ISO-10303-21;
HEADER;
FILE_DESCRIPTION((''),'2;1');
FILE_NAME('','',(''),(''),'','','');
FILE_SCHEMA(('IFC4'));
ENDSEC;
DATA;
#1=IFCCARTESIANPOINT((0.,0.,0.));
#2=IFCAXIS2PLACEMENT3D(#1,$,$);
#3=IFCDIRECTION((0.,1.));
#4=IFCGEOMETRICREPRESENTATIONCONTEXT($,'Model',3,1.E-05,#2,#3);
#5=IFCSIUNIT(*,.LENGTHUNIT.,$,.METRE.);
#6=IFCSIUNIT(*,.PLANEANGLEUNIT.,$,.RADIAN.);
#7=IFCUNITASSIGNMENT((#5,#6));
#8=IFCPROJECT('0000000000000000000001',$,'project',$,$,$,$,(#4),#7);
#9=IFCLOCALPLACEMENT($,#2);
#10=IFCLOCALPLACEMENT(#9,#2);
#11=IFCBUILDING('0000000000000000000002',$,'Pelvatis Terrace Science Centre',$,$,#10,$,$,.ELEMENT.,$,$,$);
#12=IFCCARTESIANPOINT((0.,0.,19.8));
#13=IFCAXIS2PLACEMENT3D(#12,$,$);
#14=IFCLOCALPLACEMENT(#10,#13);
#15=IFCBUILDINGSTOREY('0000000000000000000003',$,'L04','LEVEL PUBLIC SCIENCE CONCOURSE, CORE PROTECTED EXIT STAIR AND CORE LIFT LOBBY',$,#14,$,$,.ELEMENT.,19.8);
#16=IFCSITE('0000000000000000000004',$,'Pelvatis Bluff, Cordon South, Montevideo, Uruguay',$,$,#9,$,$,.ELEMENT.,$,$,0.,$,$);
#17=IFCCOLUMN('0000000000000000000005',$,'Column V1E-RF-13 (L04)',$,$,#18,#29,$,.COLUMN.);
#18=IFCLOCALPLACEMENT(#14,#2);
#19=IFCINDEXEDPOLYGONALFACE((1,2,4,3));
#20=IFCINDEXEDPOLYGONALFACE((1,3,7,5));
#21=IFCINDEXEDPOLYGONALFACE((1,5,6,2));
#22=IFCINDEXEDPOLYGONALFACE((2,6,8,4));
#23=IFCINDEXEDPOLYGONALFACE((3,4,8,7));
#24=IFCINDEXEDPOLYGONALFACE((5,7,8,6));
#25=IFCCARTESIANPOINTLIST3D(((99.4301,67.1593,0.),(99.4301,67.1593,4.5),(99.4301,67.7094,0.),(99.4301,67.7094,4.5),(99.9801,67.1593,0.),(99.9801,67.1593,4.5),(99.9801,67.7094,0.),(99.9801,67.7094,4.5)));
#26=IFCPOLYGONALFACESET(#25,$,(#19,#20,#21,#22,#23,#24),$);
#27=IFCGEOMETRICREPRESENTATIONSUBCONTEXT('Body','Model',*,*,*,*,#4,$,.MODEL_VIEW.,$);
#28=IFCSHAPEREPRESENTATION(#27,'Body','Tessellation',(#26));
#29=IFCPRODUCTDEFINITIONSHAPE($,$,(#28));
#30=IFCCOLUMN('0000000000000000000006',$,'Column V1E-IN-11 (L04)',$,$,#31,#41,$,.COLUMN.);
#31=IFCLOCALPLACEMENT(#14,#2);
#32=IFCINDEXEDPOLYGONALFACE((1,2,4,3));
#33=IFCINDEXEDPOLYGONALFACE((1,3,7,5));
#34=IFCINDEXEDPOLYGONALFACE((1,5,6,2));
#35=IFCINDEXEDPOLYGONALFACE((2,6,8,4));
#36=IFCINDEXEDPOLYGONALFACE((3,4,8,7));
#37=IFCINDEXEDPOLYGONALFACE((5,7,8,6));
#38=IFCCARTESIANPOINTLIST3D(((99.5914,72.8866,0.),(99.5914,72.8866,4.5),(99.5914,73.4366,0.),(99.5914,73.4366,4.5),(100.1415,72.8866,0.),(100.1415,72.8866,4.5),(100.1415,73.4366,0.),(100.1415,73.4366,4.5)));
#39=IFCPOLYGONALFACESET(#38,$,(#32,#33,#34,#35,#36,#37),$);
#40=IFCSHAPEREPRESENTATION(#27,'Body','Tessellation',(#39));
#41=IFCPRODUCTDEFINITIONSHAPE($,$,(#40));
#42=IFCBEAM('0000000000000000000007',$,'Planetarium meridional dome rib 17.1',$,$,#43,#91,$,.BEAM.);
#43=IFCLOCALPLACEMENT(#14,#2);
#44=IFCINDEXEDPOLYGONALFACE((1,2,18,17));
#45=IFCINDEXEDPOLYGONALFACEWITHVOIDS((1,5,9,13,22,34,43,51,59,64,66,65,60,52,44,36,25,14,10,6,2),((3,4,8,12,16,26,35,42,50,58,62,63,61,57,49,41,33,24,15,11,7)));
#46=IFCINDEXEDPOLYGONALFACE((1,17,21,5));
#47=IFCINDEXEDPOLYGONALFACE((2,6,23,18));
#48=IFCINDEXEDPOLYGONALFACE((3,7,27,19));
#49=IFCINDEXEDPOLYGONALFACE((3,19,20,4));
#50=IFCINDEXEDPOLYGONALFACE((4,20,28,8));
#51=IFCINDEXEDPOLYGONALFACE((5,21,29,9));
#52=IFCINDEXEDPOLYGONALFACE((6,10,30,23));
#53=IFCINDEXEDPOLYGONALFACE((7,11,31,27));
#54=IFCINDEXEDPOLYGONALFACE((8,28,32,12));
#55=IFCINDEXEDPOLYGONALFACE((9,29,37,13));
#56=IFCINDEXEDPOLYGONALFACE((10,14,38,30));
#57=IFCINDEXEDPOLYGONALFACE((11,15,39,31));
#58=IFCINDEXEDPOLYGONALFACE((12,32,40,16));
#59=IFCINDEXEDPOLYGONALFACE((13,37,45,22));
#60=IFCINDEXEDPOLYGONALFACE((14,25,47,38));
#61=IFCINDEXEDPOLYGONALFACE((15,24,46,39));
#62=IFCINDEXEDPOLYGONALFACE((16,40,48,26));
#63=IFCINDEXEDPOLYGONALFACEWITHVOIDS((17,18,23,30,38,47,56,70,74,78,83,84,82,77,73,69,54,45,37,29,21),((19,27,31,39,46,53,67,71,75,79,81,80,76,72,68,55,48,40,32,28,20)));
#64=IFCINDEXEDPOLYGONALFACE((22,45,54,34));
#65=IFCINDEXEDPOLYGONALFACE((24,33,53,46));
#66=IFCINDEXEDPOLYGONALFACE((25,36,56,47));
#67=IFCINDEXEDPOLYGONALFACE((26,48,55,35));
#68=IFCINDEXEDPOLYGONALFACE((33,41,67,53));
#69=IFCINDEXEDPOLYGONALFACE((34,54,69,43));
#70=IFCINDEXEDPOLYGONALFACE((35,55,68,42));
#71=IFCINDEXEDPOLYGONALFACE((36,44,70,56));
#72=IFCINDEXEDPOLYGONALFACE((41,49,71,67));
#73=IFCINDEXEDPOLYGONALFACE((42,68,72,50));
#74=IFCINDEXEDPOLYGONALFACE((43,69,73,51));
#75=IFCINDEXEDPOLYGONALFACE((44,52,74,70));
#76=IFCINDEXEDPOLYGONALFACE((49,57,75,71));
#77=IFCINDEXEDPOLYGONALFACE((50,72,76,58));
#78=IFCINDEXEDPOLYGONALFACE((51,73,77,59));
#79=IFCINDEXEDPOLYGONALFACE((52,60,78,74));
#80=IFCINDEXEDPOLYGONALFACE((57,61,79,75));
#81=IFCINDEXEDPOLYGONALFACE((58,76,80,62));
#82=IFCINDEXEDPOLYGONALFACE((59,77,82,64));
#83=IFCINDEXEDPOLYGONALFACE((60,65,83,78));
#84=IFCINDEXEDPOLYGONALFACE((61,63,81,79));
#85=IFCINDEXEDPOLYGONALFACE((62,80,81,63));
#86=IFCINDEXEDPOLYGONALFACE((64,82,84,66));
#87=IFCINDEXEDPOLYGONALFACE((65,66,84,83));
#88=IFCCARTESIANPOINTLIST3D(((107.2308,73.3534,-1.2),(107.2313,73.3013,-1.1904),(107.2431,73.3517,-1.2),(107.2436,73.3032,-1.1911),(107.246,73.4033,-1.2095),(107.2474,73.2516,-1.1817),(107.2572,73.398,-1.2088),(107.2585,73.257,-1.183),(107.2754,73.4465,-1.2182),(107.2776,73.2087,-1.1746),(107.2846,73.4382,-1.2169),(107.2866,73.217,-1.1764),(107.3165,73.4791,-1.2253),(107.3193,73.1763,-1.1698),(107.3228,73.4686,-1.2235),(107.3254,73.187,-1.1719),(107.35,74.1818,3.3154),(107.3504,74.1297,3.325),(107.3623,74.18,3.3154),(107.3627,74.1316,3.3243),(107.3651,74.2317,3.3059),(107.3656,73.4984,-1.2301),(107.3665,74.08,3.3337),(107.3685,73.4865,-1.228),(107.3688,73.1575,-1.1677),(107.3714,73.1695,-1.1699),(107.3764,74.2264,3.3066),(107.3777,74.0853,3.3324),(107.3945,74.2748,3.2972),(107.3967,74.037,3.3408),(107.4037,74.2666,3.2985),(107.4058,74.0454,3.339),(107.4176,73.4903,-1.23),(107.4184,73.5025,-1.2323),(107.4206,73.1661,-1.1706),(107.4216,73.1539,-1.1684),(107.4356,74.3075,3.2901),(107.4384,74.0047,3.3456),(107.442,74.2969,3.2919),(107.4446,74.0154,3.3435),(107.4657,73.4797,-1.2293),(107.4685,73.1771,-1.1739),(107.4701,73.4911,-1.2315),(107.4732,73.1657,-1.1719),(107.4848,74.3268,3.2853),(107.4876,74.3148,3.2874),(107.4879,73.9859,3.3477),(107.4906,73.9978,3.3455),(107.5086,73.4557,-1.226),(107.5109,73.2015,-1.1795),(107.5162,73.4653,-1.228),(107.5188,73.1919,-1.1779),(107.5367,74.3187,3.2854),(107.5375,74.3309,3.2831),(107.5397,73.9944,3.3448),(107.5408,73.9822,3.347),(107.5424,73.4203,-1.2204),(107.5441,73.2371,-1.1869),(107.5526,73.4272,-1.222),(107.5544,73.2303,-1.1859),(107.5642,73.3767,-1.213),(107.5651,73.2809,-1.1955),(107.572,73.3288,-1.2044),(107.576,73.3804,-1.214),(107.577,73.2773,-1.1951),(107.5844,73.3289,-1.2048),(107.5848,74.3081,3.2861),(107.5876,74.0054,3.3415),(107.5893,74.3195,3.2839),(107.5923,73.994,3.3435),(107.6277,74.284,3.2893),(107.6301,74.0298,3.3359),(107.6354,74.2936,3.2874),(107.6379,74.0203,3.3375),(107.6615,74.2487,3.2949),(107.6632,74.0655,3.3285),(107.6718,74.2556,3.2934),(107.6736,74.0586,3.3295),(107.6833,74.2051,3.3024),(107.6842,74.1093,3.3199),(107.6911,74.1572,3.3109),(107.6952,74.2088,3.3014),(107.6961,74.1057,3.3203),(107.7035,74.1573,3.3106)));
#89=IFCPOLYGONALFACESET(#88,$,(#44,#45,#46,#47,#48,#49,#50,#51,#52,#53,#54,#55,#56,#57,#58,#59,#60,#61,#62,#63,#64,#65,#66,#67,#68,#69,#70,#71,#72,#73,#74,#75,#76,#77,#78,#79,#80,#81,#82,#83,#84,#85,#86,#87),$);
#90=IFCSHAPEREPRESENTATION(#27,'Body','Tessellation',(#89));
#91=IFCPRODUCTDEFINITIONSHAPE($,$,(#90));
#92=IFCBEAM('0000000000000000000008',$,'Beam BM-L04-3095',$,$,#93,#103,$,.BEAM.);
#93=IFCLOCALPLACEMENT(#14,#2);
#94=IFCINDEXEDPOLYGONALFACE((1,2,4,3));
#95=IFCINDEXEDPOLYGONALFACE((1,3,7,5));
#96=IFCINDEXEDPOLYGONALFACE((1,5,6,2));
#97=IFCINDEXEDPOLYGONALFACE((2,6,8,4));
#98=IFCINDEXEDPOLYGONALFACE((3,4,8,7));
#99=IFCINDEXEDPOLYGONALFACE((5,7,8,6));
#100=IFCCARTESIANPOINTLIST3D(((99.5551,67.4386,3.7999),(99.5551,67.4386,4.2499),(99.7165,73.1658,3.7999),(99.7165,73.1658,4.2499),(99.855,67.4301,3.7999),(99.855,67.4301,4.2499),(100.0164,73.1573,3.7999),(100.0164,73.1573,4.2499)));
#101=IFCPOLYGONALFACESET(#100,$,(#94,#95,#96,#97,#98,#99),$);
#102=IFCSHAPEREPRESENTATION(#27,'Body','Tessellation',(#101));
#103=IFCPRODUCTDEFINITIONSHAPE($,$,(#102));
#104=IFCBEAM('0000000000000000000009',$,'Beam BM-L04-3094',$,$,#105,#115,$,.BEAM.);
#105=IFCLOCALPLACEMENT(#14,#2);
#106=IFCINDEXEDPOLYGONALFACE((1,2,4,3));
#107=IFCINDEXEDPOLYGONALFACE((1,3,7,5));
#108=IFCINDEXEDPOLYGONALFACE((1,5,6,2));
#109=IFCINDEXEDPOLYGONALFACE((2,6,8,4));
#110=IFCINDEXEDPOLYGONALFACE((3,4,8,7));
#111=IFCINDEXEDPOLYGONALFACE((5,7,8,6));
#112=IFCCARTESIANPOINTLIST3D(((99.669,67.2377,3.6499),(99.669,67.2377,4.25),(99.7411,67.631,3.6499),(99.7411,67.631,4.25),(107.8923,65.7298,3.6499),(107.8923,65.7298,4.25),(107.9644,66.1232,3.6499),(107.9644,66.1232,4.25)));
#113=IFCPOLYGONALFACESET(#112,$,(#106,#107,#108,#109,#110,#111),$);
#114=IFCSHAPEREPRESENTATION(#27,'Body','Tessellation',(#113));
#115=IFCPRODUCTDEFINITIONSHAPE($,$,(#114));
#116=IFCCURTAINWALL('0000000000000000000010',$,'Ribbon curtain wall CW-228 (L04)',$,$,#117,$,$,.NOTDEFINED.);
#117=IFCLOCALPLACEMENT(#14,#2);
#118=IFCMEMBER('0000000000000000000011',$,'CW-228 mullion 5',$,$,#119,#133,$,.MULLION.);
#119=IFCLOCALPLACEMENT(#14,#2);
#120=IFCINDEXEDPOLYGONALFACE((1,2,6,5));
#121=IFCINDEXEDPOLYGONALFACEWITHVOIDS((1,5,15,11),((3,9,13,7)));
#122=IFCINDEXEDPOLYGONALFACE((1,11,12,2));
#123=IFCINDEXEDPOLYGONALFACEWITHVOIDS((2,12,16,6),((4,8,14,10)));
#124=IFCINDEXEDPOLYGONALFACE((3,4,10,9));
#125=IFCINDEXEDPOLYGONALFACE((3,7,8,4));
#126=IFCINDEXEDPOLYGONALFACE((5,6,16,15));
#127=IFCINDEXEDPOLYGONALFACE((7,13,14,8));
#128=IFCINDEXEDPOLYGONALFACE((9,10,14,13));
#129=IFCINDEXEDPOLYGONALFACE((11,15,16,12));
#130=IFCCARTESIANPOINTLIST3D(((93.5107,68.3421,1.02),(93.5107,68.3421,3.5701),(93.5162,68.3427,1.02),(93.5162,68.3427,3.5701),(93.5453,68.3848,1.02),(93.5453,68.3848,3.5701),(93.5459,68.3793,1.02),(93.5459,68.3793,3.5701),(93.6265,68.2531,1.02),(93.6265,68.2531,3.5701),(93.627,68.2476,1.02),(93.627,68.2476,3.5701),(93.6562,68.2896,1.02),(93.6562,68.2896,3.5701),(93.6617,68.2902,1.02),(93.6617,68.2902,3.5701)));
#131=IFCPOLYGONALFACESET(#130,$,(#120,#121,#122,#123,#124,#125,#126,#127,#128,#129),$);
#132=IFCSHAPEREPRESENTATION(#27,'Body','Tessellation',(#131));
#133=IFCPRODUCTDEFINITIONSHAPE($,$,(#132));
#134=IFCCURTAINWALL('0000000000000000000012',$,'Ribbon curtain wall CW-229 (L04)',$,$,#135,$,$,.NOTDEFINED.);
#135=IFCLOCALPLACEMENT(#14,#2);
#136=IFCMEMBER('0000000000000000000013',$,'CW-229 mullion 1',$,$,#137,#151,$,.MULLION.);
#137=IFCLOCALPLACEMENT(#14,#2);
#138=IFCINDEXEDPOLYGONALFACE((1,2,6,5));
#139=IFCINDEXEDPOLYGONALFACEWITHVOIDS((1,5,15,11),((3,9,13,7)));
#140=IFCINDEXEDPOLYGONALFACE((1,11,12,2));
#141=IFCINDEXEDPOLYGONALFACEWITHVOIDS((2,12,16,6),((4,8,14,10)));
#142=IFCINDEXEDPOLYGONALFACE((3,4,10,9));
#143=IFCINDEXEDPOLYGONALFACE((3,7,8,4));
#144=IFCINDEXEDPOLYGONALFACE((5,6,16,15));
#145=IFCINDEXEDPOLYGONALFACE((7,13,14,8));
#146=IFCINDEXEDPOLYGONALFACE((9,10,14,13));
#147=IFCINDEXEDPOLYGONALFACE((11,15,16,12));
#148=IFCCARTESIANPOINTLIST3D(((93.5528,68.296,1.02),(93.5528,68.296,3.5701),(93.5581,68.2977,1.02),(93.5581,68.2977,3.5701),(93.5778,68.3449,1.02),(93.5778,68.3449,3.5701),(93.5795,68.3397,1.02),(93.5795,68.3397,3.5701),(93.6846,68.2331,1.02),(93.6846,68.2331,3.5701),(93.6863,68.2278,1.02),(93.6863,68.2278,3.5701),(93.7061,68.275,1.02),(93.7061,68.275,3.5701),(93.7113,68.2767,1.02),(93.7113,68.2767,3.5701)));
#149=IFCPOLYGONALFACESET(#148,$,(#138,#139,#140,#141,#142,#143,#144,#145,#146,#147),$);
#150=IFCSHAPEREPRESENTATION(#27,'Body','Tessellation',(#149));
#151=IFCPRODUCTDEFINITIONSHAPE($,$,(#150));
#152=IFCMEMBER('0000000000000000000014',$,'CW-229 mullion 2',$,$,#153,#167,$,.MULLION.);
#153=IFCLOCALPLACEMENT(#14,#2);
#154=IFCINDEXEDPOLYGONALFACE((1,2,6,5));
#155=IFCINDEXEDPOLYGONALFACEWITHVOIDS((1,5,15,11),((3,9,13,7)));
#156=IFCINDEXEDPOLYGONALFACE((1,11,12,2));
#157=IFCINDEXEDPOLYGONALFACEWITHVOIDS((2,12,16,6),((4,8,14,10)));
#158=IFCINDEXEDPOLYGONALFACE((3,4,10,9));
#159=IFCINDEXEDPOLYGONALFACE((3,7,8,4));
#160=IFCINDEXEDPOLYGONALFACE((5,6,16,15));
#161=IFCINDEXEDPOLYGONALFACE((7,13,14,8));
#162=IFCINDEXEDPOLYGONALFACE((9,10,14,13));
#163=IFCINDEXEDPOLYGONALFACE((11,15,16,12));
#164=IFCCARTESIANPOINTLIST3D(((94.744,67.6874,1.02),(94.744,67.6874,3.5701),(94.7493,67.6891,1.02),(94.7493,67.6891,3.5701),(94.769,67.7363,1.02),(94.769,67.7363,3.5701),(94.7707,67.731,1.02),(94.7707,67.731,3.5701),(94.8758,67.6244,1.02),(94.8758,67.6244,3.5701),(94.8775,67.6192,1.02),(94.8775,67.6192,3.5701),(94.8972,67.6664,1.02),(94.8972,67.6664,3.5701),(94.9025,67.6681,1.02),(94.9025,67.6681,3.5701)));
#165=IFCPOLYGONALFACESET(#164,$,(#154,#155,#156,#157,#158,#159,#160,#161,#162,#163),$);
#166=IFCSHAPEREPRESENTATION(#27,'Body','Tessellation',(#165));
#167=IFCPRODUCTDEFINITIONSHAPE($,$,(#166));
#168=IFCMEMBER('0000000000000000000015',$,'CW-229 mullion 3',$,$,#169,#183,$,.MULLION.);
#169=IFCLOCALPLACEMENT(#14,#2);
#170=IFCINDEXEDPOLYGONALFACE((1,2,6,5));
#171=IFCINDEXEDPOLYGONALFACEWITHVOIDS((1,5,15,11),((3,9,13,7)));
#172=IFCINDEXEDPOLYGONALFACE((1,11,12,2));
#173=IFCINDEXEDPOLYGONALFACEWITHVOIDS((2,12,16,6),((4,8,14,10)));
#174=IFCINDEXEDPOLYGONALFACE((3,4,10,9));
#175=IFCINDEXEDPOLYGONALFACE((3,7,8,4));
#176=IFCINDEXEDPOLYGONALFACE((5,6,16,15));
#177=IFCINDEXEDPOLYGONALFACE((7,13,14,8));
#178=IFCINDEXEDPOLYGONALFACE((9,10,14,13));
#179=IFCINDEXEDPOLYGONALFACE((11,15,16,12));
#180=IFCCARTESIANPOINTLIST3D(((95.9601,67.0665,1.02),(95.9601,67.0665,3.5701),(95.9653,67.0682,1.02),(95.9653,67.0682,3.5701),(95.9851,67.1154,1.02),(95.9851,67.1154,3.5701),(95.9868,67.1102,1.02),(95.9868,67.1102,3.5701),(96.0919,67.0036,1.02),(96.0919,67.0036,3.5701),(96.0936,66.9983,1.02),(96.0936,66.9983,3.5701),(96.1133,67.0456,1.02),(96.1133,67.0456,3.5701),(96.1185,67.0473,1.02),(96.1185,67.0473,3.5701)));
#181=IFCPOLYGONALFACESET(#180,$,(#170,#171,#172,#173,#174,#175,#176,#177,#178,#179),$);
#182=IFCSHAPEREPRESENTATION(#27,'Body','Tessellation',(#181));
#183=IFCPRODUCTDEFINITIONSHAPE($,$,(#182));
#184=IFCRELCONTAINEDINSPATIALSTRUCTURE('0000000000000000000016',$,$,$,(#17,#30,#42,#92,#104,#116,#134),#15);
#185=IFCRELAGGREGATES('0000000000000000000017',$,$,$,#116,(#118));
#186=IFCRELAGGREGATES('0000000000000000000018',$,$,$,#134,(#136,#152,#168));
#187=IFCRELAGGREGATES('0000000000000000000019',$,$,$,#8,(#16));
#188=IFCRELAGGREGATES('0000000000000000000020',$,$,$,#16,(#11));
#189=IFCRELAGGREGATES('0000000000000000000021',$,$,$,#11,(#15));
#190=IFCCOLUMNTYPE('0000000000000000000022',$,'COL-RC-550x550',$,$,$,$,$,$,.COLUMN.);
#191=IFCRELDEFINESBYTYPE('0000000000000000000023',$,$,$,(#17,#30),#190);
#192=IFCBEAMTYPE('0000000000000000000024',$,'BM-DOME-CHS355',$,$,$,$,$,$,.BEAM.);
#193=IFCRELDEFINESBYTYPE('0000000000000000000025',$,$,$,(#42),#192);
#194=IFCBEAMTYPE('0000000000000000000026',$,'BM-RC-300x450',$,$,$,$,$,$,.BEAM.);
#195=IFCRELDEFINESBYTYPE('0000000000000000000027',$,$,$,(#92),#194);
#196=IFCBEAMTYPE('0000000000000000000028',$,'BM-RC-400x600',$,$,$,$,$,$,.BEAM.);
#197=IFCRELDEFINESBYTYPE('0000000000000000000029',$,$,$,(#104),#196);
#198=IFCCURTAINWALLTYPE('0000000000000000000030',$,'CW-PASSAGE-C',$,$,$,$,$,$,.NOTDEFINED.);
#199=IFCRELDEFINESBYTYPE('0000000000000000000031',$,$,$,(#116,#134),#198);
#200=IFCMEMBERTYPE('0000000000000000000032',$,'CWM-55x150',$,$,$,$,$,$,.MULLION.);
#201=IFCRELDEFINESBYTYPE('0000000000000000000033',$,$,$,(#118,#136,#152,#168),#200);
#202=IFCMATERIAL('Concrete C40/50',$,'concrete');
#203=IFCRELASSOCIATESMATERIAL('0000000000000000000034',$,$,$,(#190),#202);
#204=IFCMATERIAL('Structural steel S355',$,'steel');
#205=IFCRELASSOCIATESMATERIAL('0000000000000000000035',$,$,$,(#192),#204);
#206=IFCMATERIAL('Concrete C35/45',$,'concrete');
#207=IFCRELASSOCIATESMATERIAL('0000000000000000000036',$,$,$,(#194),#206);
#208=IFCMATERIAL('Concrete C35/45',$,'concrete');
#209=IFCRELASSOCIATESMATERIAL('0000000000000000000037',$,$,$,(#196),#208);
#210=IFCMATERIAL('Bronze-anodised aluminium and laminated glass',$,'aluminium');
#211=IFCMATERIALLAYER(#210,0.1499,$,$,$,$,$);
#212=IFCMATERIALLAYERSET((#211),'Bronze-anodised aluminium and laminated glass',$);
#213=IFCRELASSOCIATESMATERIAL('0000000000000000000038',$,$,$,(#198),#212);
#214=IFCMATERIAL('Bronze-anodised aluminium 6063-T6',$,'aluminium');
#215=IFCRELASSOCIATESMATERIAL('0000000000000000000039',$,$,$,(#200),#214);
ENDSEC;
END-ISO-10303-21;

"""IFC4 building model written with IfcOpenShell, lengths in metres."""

from ifc_helpers import new_model, si_unit, direction, frame, origin, origin_2d, place, context, subcontext, project, spatial, rectangle, hollow_rectangle, hollow_circle, extrude, material, layer, layer_set, material_profile, profile_set, type_object, element, aggregate, save


model = new_model("IFC4")

# Units and contexts
model_context = context("Model", 3, precision=1e-05, world=origin(), true_north=direction((0.0, 1.0)))
body_context = subcontext(model_context, "Body", "Model", "MODEL_VIEW")
ifc_project = project(units=[si_unit("LENGTHUNIT", "METRE"), si_unit("PLANEANGLEUNIT", "RADIAN")], contexts=[model_context])

# Site, building, storey
site_placement = place(None, origin())
site = spatial("IfcSite", under=ifc_project, at=site_placement, Name="Pelvatis Bluff, Cordon South, Montevideo, Uruguay", CompositionType="ELEMENT", RefElevation=0.0)
building_placement = place(site_placement, origin())
building = spatial("IfcBuilding", under=site, at=building_placement, Name="Pelvatis Terrace Science Centre", CompositionType="ELEMENT")
storey_placement = place(building_placement, frame((0.0, 0.0, 19.8)))
storey = spatial("IfcBuildingStorey", under=building, at=storey_placement, Name="L04", Description="LEVEL PUBLIC SCIENCE CONCOURSE, CORE PROTECTED EXIT STAIR AND CORE LIFT LOBBY", CompositionType="ELEMENT", Elevation=19.8)

# Columns
ifc_material_1 = material(Name="Concrete C40/50", Category="concrete")
ifc_material_profile_1 = material_profile(ifc_material_1, rectangle(XDim=0.55, YDim=0.55, at=origin_2d()), Name="RC-COL 550x550")
ifc_profile_set_1 = profile_set([ifc_material_profile_1], Name="Concrete C40/50")
column_type = type_object("IfcColumnType", Name="COL-RC-550x550", PredefinedType="COLUMN", material=ifc_profile_set_1)
for number, where, z_axis, x_axis, name in (
    (1, (99.7051, 67.4343, 0.0), (0.0, 0.0, 1.0), (1.0, 0.0, 0.0), "Column V1E-RF-13 (L04)"),
    (2, (99.8665, 73.1616, 0.0), (0.0, 0.0, 1.0), (1.0, 0.0, 0.0), "Column V1E-IN-11 (L04)"),
):
    element("IfcColumn", number, at=place(storey_placement, frame(where, z_axis=z_axis, x_axis=x_axis)), inside=storey, type_object=column_type, Name=name, PredefinedType="COLUMN", context=body_context, shape_type="SweptSolid", body=[
        extrude(rectangle(XDim=0.55, YDim=0.55, at=origin_2d()), origin(), (0.0, 0.0, 1.0), 4.5),
    ])

# Beams
ifc_material_2 = material(Name="Structural steel S355", Category="steel")
ifc_material_profile_2 = material_profile(ifc_material_2, hollow_circle(Radius=0.1777, WallThickness=0.0125, at=origin_2d()), Name="CHS 355.6x12.5")
ifc_profile_set_2 = profile_set([ifc_material_profile_2], Name="Structural steel S355")
beam_type_1 = type_object("IfcBeamType", Name="BM-DOME-CHS355", PredefinedType="BEAM", material=ifc_profile_set_2)
beam_1_placement = place(storey_placement, frame((107.4067, 73.3281, -1.2), z_axis=(0.025944, 0.180383, 0.983254), x_axis=(-0.989815, 0.142361, 0.0)))
element("IfcBeam", 3, at=beam_1_placement, inside=storey, type_object=beam_type_1, Name="Planetarium meridional dome rib 17.1", PredefinedType="BEAM", context=body_context, shape_type="SweptSolid", body=[
    extrude(hollow_circle(Radius=0.1777, WallThickness=0.0125, at=origin_2d()), origin(), (0.0, 0.0, 1.0), 4.5923),
])
ifc_material_3 = material(Name="Concrete C35/45", Category="concrete")
ifc_material_profile_3 = material_profile(ifc_material_3, rectangle(XDim=0.3, YDim=0.45, at=origin_2d()), Name="RC-BM 300x450")
ifc_profile_set_3 = profile_set([ifc_material_profile_3], Name="Concrete C35/45")
beam_type_2 = type_object("IfcBeamType", Name="BM-RC-300x450", PredefinedType="BEAM", material=ifc_profile_set_3)
beam_2_placement = place(storey_placement, frame((99.7051, 67.4343, 4.0249), z_axis=(0.028166, 0.999603, 0.0), x_axis=(-0.999603, 0.028166, 0.0)))
element("IfcBeam", 4, at=beam_2_placement, inside=storey, type_object=beam_type_2, Name="Beam BM-L04-3095", PredefinedType="BEAM", context=body_context, shape_type="SweptSolid", body=[
    extrude(rectangle(XDim=0.3, YDim=0.45, at=origin_2d()), origin(), (0.0, 0.0, 1.0), 5.7295),
])
ifc_material_4 = material(Name="Concrete C35/45", Category="concrete")
ifc_material_profile_4 = material_profile(ifc_material_4, rectangle(XDim=0.3999, YDim=0.6001, at=origin_2d()), Name="RC-BM 400x600")
ifc_profile_set_4 = profile_set([ifc_material_profile_4], Name="Concrete C35/45")
beam_type_3 = type_object("IfcBeamType", Name="BM-RC-400x600", PredefinedType="BEAM", material=ifc_profile_set_4)
beam_3_placement = place(storey_placement, frame((99.7051, 67.4343, 3.95), z_axis=(0.983602, -0.180355, 0.0), x_axis=(0.180355, 0.983602, 0.0)))
element("IfcBeam", 5, at=beam_3_placement, inside=storey, type_object=beam_type_3, Name="Beam BM-L04-3094", PredefinedType="BEAM", context=body_context, shape_type="SweptSolid", body=[
    extrude(rectangle(XDim=0.3999, YDim=0.6001, at=origin_2d()), origin(), (0.0, 0.0, 1.0), 8.3604),
])

# Curtain wall, member
ifc_material_5 = material(Name="Bronze-anodised aluminium and laminated glass", Category="aluminium")
ifc_layer_1 = layer(ifc_material_5, 0.1499)
ifc_layer_set_1 = layer_set([ifc_layer_1], Name="Bronze-anodised aluminium and laminated glass")
curtain_wall_type = type_object("IfcCurtainWallType", Name="CW-PASSAGE-C", PredefinedType="NOTDEFINED", material=ifc_layer_set_1)
curtain_wall_1_placement = place(storey_placement, origin())
curtain_wall_1 = element("IfcCurtainWall", 6, at=curtain_wall_1_placement, inside=storey, type_object=curtain_wall_type, Name="Ribbon curtain wall CW-228 (L04)", PredefinedType="NOTDEFINED")
ifc_material_6 = material(Name="Bronze-anodised aluminium 6063-T6", Category="aluminium")
ifc_material_profile_5 = material_profile(ifc_material_6, hollow_rectangle(XDim=0.0549, YDim=0.1499, WallThickness=0.0039, at=origin_2d()), Name="ALU-MUL 55x150")
ifc_profile_set_5 = profile_set([ifc_material_profile_5], Name="Bronze-anodised aluminium 6063-T6")
member_type_1 = type_object("IfcMemberType", Name="CWM-55x150", PredefinedType="MULLION", material=ifc_profile_set_5)
member_1_placement = place(storey_placement, frame((93.5862, 68.3162, 1.02), z_axis=(0.0, 0.0, 1.0), x_axis=(0.630757, 0.77598, 0.0)))
member_1 = element("IfcMember", 7, at=member_1_placement, type_object=member_type_1, Name="CW-228 mullion 5", PredefinedType="MULLION", context=body_context, shape_type="SweptSolid", body=[
    extrude(hollow_rectangle(XDim=0.0549, YDim=0.1499, WallThickness=0.0039, at=origin_2d()), origin(), (0.0, 0.0, 1.0), 2.55),
])
aggregate(curtain_wall_1, [member_1])

# Curtain wall, members
curtain_wall_2_placement = place(storey_placement, origin())
curtain_wall_2 = element("IfcCurtainWall", 8, at=curtain_wall_2_placement, inside=storey, type_object=curtain_wall_type, Name="Ribbon curtain wall CW-229 (L04)", PredefinedType="NOTDEFINED")
member_2_placement = place(storey_placement, frame((93.6321, 68.2864, 1.02), z_axis=(0.0, 0.0, 1.0), x_axis=(0.454859, 0.890564, 0.0)))
member_2 = element("IfcMember", 9, at=member_2_placement, type_object=member_type_1, Name="CW-229 mullion 1", PredefinedType="MULLION", context=body_context, shape_type="SweptSolid", body=[
    extrude(hollow_rectangle(XDim=0.0549, YDim=0.1499, WallThickness=0.0039, at=origin_2d()), origin(), (0.0, 0.0, 1.0), 2.55),
])
member_3_placement = place(storey_placement, frame((94.8232, 67.6777, 1.02), z_axis=(0.0, 0.0, 1.0), x_axis=(0.454859, 0.890564, 0.0)))
member_3 = element("IfcMember", 10, at=member_3_placement, type_object=member_type_1, Name="CW-229 mullion 2", PredefinedType="MULLION", context=body_context, shape_type="SweptSolid", body=[
    extrude(hollow_rectangle(XDim=0.0549, YDim=0.1499, WallThickness=0.0039, at=origin_2d()), origin(), (0.0, 0.0, 1.0), 2.55),
])
member_4_placement = place(storey_placement, frame((96.0393, 67.0569, 1.02), z_axis=(0.0, 0.0, 1.0), x_axis=(0.454859, 0.890564, 0.0)))
member_4 = element("IfcMember", 11, at=member_4_placement, type_object=member_type_1, Name="CW-229 mullion 3", PredefinedType="MULLION", context=body_context, shape_type="SweptSolid", body=[
    extrude(hollow_rectangle(XDim=0.0549, YDim=0.1499, WallThickness=0.0039, at=origin_2d()), origin(), (0.0, 0.0, 1.0), 2.55),
])

aggregate(curtain_wall_2, [member_2, member_3, member_4])

save(model, "model.ifc")
